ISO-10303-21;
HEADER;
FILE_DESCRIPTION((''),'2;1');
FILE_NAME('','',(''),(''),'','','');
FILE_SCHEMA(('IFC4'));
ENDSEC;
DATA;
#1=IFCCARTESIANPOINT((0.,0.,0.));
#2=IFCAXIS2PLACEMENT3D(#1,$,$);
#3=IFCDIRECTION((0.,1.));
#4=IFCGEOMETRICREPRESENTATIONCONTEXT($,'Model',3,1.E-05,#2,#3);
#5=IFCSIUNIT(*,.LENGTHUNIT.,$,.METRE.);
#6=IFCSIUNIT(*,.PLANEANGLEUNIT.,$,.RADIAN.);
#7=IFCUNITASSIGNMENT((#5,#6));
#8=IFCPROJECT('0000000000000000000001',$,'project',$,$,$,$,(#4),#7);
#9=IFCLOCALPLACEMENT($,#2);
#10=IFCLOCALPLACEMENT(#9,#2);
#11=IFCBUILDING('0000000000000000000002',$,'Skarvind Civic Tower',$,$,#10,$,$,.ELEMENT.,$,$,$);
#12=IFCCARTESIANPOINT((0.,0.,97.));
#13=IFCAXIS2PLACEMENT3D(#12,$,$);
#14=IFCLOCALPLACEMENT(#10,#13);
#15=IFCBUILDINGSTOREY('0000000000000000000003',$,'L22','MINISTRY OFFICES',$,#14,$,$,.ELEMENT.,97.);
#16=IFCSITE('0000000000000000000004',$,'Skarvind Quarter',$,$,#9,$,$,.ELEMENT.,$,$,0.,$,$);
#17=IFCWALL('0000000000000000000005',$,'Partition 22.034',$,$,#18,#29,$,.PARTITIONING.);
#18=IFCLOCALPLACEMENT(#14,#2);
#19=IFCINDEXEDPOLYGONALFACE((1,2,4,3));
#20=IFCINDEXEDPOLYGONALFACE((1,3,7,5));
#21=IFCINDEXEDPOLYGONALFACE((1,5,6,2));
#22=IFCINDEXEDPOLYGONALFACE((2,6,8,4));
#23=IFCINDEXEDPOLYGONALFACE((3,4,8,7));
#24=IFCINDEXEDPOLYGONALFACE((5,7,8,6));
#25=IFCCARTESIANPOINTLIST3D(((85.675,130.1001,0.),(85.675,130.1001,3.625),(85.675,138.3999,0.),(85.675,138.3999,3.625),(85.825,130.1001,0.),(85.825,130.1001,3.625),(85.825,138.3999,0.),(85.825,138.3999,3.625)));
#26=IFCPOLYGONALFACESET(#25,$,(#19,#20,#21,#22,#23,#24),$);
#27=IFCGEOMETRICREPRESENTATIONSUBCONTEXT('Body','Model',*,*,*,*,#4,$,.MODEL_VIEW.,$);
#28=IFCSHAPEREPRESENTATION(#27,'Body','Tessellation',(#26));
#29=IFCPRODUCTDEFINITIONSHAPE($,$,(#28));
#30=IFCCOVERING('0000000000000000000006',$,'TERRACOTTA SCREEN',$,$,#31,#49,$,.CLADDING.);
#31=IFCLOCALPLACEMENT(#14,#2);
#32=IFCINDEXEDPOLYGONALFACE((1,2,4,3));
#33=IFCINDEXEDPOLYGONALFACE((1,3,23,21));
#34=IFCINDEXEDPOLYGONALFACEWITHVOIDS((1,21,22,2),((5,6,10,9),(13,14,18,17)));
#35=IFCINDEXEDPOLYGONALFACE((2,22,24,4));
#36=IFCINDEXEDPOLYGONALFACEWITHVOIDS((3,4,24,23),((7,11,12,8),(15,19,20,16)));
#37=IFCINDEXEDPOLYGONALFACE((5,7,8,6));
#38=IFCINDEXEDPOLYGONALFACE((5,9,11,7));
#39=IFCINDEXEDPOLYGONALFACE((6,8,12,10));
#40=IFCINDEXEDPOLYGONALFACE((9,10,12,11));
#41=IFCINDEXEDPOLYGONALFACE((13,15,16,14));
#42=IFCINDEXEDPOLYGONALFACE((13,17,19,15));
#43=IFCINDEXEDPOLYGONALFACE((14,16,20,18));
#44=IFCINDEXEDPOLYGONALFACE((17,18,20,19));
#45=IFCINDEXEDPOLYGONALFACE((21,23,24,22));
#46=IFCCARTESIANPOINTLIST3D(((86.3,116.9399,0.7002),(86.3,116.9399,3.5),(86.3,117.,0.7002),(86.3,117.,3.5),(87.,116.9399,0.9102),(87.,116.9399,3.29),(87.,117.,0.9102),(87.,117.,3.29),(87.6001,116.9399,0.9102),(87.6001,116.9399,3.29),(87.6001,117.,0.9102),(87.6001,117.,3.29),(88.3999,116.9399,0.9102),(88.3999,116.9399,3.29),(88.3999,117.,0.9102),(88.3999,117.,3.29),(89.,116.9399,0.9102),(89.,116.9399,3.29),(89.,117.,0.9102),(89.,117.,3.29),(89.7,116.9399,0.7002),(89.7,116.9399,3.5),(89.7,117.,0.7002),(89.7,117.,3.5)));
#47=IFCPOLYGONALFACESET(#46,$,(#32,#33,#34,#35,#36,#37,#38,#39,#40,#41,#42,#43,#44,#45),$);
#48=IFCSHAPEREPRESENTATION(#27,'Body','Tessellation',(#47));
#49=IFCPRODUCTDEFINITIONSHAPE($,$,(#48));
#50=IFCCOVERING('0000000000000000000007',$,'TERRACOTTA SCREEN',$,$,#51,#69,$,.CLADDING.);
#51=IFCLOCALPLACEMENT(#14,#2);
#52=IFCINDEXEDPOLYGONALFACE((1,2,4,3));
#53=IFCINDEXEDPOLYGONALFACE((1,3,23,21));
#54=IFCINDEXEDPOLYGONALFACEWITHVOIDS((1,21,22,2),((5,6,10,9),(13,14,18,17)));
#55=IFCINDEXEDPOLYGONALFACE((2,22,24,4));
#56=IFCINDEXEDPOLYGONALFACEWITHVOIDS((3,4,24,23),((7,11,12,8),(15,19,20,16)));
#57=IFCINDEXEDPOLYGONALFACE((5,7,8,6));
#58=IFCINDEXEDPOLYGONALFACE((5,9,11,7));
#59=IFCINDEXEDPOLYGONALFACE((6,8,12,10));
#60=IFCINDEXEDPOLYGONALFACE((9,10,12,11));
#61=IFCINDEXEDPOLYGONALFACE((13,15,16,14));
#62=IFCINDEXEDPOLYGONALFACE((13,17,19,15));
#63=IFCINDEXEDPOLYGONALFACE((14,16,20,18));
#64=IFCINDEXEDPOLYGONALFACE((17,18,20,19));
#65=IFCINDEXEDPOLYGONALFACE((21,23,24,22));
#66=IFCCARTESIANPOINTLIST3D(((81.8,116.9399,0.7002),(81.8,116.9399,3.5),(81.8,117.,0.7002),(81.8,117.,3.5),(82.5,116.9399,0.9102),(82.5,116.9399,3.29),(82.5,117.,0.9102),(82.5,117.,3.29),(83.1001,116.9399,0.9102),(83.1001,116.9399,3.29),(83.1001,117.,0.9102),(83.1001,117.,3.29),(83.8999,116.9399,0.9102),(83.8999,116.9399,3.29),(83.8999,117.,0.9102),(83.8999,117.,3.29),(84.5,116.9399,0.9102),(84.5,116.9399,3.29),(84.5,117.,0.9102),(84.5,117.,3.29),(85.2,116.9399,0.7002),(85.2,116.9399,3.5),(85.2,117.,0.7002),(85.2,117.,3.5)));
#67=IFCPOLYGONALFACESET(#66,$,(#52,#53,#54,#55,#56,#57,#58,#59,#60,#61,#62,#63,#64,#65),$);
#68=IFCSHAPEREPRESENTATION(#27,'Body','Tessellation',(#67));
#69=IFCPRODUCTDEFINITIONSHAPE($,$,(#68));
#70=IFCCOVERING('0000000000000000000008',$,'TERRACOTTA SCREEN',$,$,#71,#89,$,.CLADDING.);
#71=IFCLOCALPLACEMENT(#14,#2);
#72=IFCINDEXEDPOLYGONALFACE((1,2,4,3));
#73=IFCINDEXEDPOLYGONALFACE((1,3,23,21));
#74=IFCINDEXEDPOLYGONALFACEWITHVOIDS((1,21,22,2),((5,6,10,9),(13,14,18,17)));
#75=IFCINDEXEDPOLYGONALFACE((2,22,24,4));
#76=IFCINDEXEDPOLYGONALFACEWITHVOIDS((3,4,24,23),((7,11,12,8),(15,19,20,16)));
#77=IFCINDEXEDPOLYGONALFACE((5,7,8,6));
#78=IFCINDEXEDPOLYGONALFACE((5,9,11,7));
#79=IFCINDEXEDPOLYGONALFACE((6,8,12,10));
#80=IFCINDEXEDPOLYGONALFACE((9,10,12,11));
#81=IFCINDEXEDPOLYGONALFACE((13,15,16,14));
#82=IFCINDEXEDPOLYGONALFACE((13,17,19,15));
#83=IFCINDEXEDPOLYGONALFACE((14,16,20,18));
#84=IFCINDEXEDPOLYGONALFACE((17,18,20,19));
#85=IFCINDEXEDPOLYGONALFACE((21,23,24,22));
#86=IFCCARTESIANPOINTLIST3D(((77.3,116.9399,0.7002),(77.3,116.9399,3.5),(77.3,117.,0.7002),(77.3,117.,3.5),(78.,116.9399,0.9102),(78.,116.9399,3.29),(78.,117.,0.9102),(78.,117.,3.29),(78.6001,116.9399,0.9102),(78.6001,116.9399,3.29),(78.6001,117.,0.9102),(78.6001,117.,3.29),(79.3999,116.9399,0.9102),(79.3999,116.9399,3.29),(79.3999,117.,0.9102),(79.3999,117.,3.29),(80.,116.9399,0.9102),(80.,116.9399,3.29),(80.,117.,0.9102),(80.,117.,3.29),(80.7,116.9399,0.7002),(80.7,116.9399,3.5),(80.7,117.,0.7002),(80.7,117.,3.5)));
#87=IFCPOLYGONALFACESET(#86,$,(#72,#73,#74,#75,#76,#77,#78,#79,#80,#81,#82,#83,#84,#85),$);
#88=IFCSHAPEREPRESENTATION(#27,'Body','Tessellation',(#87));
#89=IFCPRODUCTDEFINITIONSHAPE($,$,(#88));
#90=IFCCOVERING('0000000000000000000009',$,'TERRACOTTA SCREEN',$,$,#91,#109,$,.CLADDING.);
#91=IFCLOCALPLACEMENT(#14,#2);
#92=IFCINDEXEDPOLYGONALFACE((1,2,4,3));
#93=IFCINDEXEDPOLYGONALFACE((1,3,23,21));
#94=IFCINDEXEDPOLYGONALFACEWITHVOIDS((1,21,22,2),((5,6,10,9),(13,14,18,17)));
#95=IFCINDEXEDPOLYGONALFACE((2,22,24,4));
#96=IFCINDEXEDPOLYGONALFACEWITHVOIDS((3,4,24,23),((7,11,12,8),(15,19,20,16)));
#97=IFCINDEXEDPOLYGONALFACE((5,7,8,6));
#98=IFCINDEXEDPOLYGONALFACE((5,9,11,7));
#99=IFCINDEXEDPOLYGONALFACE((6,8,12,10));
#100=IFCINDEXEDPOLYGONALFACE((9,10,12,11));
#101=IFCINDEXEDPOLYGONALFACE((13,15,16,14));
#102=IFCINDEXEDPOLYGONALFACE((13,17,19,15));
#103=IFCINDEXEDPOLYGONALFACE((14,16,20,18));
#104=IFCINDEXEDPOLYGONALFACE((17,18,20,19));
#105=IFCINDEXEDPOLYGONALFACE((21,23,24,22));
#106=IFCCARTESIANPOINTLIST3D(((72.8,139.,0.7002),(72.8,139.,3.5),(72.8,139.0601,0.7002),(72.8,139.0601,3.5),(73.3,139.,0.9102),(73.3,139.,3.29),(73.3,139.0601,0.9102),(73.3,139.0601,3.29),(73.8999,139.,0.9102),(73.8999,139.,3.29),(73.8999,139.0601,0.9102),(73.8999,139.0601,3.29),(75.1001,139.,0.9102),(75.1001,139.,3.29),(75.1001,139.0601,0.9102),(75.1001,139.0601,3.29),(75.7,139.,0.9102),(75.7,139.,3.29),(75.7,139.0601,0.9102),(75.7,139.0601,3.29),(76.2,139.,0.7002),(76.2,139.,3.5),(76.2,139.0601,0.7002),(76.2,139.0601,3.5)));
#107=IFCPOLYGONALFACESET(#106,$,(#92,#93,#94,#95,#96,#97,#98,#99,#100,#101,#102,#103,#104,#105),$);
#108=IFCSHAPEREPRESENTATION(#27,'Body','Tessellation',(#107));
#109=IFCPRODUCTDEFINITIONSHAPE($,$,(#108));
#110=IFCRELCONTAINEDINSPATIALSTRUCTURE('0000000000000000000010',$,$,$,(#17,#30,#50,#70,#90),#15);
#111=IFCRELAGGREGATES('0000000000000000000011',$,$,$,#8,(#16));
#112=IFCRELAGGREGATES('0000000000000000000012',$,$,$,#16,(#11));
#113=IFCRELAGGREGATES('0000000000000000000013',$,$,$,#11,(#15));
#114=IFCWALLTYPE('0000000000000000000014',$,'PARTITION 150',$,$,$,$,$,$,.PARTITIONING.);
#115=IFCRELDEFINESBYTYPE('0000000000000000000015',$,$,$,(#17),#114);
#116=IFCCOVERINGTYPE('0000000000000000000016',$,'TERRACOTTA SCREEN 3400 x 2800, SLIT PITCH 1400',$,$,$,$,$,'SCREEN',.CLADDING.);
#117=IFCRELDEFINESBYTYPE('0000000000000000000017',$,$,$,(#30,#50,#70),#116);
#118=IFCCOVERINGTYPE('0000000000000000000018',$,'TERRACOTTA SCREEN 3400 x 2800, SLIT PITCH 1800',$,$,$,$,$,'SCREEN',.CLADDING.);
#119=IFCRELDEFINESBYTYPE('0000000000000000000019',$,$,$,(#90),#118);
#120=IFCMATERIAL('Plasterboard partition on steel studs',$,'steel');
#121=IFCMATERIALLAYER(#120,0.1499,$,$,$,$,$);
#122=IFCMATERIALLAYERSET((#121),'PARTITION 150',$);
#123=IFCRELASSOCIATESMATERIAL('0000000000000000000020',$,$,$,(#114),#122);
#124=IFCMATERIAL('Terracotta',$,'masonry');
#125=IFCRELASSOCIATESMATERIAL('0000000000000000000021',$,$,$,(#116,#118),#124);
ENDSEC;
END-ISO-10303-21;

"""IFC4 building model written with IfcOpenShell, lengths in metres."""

from ifc_helpers import new_model, si_unit, direction, frame, frame_2d, origin, place, context, subcontext, project, spatial, polyline, rectangle, outline, extrude, material, layer, layer_set, material_profile, profile_set, type_object, element, save


model = new_model("IFC4")

# Units and contexts
model_context = context("Model", 3, precision=1e-05, world=origin(), true_north=direction((0.0, 1.0)))
body_context = subcontext(model_context, "Body", "Model", "MODEL_VIEW")
ifc_project = project(units=[si_unit("LENGTHUNIT", "METRE"), si_unit("PLANEANGLEUNIT", "RADIAN")], contexts=[model_context])

# Site, building, storey
site_placement = place(None, origin())
site = spatial("IfcSite", under=ifc_project, at=site_placement, Name="Skarvind Quarter", CompositionType="ELEMENT", RefElevation=0.0)
building_placement = place(site_placement, origin())
building = spatial("IfcBuilding", under=site, at=building_placement, Name="Skarvind Civic Tower", CompositionType="ELEMENT")
storey_placement = place(building_placement, frame((0.0, 0.0, 97.0)))
storey = spatial("IfcBuildingStorey", under=building, at=storey_placement, Name="L22", Description="MINISTRY OFFICES", CompositionType="ELEMENT", Elevation=97.0)

# Shared definitions
ifc_material_1 = material(Name="Plasterboard partition on steel studs", Category="steel")
ifc_layer_1 = layer(ifc_material_1, 0.1499)
ifc_layer_set_1 = layer_set([ifc_layer_1], Name="PARTITION 150")
wall_type_1 = type_object("IfcWallType", Name="PARTITION 150", PredefinedType="PARTITIONING", material=ifc_layer_set_1)

# Wall
wall_1_placement = place(storey_placement, frame((85.75, 130.1001, 0.0), z_axis=(0.0, 0.0, 1.0), x_axis=(0.0, 1.0, 0.0)))
element("IfcWall", 1, at=wall_1_placement, inside=storey, type_object=wall_type_1, Name="Partition 22.034", PredefinedType="PARTITIONING", context=body_context, shape_type="SweptSolid", body=[
    extrude(rectangle(XDim=8.2998, YDim=0.1499, at=frame_2d((4.1499, 0.0))), origin(), (0.0, 0.0, 1.0), 3.625),
])

# Coverings
ifc_material_2 = material(Name="Terracotta", Category="masonry")
ifc_material_profile_1 = material_profile(ifc_material_2, outline(polyline([(-1.7, -1.3999), (1.7, -1.3999), (1.7, 1.3999), (-1.7, 1.3999), (-1.7, -1.3999)]), holes=[polyline([(-1.0, -1.1899), (-0.3999, -1.1899), (-0.3999, 1.1899), (-1.0, 1.1899), (-1.0, -1.1899)]), polyline([(0.3999, -1.1899), (1.0, -1.1899), (1.0, 1.1899), (0.3999, 1.1899), (0.3999, -1.1899)])]), Name="TERRACOTTA SCREEN 3400 x 2800, SLIT PITCH 1400")
ifc_profile_set_1 = profile_set([ifc_material_profile_1], Name="Terracotta")
covering_type_1 = type_object("IfcCoveringType", Name="TERRACOTTA SCREEN 3400 x 2800, SLIT PITCH 1400", ElementType="SCREEN", PredefinedType="CLADDING", material=ifc_profile_set_1)
for number, where, z_axis, x_axis, name in (
    (2, (88.0, 117.0, 2.1001), (0.0, -1.0, 0.0), (1.0, 0.0, 0.0), "TERRACOTTA SCREEN"),
    (3, (83.5, 117.0, 2.1001), (0.0, -1.0, 0.0), (1.0, 0.0, 0.0), "TERRACOTTA SCREEN"),
    (4, (79.0, 117.0, 2.1001), (0.0, -1.0, 0.0), (1.0, 0.0, 0.0), "TERRACOTTA SCREEN"),
):
    element("IfcCovering", number, at=place(storey_placement, frame(where, z_axis=z_axis, x_axis=x_axis)), inside=storey, type_object=covering_type_1, Name=name, PredefinedType="CLADDING", context=body_context, shape_type="SweptSolid", body=[
        extrude(outline(polyline([(-1.7, -1.3999), (1.7, -1.3999), (1.7, 1.3999), (-1.7, 1.3999), (-1.7, -1.3999)]), holes=[polyline([(-1.0, -1.1899), (-0.3999, -1.1899), (-0.3999, 1.1899), (-1.0, 1.1899), (-1.0, -1.1899)]), polyline([(0.3999, -1.1899), (1.0, -1.1899), (1.0, 1.1899), (0.3999, 1.1899), (0.3999, -1.1899)])]), origin(), (0.0, 0.0, 1.0), 0.0601),
    ])
ifc_material_profile_2 = material_profile(ifc_material_2, outline(polyline([(-1.7, -1.3999), (1.7, -1.3999), (1.7, 1.3999), (-1.7, 1.3999), (-1.7, -1.3999)]), holes=[polyline([(-1.2, -1.1899), (-0.6001, -1.1899), (-0.6001, 1.1899), (-1.2, 1.1899), (-1.2, -1.1899)]), polyline([(0.6001, -1.1899), (1.2, -1.1899), (1.2, 1.1899), (0.6001, 1.1899), (0.6001, -1.1899)])]), Name="TERRACOTTA SCREEN 3400 x 2800, SLIT PITCH 1800")
ifc_profile_set_2 = profile_set([ifc_material_profile_2], Name="Terracotta")
covering_type_2 = type_object("IfcCoveringType", Name="TERRACOTTA SCREEN 3400 x 2800, SLIT PITCH 1800", ElementType="SCREEN", PredefinedType="CLADDING", material=ifc_profile_set_2)
covering_placement = place(storey_placement, frame((74.5, 139.0, 2.1001), z_axis=(0.0, 1.0, 0.0), x_axis=(-1.0, 0.0, 0.0)))
element("IfcCovering", 5, at=covering_placement, inside=storey, type_object=covering_type_2, Name="TERRACOTTA SCREEN", PredefinedType="CLADDING", context=body_context, shape_type="SweptSolid", body=[
    extrude(outline(polyline([(-1.7, -1.3999), (1.7, -1.3999), (1.7, 1.3999), (-1.7, 1.3999), (-1.7, -1.3999)]), holes=[polyline([(-1.2, -1.1899), (-0.6001, -1.1899), (-0.6001, 1.1899), (-1.2, 1.1899), (-1.2, -1.1899)]), polyline([(0.6001, -1.1899), (1.2, -1.1899), (1.2, 1.1899), (0.6001, 1.1899), (0.6001, -1.1899)])]), origin(), (0.0, 0.0, 1.0), 0.0601),
])

save(model, "model.ifc")
